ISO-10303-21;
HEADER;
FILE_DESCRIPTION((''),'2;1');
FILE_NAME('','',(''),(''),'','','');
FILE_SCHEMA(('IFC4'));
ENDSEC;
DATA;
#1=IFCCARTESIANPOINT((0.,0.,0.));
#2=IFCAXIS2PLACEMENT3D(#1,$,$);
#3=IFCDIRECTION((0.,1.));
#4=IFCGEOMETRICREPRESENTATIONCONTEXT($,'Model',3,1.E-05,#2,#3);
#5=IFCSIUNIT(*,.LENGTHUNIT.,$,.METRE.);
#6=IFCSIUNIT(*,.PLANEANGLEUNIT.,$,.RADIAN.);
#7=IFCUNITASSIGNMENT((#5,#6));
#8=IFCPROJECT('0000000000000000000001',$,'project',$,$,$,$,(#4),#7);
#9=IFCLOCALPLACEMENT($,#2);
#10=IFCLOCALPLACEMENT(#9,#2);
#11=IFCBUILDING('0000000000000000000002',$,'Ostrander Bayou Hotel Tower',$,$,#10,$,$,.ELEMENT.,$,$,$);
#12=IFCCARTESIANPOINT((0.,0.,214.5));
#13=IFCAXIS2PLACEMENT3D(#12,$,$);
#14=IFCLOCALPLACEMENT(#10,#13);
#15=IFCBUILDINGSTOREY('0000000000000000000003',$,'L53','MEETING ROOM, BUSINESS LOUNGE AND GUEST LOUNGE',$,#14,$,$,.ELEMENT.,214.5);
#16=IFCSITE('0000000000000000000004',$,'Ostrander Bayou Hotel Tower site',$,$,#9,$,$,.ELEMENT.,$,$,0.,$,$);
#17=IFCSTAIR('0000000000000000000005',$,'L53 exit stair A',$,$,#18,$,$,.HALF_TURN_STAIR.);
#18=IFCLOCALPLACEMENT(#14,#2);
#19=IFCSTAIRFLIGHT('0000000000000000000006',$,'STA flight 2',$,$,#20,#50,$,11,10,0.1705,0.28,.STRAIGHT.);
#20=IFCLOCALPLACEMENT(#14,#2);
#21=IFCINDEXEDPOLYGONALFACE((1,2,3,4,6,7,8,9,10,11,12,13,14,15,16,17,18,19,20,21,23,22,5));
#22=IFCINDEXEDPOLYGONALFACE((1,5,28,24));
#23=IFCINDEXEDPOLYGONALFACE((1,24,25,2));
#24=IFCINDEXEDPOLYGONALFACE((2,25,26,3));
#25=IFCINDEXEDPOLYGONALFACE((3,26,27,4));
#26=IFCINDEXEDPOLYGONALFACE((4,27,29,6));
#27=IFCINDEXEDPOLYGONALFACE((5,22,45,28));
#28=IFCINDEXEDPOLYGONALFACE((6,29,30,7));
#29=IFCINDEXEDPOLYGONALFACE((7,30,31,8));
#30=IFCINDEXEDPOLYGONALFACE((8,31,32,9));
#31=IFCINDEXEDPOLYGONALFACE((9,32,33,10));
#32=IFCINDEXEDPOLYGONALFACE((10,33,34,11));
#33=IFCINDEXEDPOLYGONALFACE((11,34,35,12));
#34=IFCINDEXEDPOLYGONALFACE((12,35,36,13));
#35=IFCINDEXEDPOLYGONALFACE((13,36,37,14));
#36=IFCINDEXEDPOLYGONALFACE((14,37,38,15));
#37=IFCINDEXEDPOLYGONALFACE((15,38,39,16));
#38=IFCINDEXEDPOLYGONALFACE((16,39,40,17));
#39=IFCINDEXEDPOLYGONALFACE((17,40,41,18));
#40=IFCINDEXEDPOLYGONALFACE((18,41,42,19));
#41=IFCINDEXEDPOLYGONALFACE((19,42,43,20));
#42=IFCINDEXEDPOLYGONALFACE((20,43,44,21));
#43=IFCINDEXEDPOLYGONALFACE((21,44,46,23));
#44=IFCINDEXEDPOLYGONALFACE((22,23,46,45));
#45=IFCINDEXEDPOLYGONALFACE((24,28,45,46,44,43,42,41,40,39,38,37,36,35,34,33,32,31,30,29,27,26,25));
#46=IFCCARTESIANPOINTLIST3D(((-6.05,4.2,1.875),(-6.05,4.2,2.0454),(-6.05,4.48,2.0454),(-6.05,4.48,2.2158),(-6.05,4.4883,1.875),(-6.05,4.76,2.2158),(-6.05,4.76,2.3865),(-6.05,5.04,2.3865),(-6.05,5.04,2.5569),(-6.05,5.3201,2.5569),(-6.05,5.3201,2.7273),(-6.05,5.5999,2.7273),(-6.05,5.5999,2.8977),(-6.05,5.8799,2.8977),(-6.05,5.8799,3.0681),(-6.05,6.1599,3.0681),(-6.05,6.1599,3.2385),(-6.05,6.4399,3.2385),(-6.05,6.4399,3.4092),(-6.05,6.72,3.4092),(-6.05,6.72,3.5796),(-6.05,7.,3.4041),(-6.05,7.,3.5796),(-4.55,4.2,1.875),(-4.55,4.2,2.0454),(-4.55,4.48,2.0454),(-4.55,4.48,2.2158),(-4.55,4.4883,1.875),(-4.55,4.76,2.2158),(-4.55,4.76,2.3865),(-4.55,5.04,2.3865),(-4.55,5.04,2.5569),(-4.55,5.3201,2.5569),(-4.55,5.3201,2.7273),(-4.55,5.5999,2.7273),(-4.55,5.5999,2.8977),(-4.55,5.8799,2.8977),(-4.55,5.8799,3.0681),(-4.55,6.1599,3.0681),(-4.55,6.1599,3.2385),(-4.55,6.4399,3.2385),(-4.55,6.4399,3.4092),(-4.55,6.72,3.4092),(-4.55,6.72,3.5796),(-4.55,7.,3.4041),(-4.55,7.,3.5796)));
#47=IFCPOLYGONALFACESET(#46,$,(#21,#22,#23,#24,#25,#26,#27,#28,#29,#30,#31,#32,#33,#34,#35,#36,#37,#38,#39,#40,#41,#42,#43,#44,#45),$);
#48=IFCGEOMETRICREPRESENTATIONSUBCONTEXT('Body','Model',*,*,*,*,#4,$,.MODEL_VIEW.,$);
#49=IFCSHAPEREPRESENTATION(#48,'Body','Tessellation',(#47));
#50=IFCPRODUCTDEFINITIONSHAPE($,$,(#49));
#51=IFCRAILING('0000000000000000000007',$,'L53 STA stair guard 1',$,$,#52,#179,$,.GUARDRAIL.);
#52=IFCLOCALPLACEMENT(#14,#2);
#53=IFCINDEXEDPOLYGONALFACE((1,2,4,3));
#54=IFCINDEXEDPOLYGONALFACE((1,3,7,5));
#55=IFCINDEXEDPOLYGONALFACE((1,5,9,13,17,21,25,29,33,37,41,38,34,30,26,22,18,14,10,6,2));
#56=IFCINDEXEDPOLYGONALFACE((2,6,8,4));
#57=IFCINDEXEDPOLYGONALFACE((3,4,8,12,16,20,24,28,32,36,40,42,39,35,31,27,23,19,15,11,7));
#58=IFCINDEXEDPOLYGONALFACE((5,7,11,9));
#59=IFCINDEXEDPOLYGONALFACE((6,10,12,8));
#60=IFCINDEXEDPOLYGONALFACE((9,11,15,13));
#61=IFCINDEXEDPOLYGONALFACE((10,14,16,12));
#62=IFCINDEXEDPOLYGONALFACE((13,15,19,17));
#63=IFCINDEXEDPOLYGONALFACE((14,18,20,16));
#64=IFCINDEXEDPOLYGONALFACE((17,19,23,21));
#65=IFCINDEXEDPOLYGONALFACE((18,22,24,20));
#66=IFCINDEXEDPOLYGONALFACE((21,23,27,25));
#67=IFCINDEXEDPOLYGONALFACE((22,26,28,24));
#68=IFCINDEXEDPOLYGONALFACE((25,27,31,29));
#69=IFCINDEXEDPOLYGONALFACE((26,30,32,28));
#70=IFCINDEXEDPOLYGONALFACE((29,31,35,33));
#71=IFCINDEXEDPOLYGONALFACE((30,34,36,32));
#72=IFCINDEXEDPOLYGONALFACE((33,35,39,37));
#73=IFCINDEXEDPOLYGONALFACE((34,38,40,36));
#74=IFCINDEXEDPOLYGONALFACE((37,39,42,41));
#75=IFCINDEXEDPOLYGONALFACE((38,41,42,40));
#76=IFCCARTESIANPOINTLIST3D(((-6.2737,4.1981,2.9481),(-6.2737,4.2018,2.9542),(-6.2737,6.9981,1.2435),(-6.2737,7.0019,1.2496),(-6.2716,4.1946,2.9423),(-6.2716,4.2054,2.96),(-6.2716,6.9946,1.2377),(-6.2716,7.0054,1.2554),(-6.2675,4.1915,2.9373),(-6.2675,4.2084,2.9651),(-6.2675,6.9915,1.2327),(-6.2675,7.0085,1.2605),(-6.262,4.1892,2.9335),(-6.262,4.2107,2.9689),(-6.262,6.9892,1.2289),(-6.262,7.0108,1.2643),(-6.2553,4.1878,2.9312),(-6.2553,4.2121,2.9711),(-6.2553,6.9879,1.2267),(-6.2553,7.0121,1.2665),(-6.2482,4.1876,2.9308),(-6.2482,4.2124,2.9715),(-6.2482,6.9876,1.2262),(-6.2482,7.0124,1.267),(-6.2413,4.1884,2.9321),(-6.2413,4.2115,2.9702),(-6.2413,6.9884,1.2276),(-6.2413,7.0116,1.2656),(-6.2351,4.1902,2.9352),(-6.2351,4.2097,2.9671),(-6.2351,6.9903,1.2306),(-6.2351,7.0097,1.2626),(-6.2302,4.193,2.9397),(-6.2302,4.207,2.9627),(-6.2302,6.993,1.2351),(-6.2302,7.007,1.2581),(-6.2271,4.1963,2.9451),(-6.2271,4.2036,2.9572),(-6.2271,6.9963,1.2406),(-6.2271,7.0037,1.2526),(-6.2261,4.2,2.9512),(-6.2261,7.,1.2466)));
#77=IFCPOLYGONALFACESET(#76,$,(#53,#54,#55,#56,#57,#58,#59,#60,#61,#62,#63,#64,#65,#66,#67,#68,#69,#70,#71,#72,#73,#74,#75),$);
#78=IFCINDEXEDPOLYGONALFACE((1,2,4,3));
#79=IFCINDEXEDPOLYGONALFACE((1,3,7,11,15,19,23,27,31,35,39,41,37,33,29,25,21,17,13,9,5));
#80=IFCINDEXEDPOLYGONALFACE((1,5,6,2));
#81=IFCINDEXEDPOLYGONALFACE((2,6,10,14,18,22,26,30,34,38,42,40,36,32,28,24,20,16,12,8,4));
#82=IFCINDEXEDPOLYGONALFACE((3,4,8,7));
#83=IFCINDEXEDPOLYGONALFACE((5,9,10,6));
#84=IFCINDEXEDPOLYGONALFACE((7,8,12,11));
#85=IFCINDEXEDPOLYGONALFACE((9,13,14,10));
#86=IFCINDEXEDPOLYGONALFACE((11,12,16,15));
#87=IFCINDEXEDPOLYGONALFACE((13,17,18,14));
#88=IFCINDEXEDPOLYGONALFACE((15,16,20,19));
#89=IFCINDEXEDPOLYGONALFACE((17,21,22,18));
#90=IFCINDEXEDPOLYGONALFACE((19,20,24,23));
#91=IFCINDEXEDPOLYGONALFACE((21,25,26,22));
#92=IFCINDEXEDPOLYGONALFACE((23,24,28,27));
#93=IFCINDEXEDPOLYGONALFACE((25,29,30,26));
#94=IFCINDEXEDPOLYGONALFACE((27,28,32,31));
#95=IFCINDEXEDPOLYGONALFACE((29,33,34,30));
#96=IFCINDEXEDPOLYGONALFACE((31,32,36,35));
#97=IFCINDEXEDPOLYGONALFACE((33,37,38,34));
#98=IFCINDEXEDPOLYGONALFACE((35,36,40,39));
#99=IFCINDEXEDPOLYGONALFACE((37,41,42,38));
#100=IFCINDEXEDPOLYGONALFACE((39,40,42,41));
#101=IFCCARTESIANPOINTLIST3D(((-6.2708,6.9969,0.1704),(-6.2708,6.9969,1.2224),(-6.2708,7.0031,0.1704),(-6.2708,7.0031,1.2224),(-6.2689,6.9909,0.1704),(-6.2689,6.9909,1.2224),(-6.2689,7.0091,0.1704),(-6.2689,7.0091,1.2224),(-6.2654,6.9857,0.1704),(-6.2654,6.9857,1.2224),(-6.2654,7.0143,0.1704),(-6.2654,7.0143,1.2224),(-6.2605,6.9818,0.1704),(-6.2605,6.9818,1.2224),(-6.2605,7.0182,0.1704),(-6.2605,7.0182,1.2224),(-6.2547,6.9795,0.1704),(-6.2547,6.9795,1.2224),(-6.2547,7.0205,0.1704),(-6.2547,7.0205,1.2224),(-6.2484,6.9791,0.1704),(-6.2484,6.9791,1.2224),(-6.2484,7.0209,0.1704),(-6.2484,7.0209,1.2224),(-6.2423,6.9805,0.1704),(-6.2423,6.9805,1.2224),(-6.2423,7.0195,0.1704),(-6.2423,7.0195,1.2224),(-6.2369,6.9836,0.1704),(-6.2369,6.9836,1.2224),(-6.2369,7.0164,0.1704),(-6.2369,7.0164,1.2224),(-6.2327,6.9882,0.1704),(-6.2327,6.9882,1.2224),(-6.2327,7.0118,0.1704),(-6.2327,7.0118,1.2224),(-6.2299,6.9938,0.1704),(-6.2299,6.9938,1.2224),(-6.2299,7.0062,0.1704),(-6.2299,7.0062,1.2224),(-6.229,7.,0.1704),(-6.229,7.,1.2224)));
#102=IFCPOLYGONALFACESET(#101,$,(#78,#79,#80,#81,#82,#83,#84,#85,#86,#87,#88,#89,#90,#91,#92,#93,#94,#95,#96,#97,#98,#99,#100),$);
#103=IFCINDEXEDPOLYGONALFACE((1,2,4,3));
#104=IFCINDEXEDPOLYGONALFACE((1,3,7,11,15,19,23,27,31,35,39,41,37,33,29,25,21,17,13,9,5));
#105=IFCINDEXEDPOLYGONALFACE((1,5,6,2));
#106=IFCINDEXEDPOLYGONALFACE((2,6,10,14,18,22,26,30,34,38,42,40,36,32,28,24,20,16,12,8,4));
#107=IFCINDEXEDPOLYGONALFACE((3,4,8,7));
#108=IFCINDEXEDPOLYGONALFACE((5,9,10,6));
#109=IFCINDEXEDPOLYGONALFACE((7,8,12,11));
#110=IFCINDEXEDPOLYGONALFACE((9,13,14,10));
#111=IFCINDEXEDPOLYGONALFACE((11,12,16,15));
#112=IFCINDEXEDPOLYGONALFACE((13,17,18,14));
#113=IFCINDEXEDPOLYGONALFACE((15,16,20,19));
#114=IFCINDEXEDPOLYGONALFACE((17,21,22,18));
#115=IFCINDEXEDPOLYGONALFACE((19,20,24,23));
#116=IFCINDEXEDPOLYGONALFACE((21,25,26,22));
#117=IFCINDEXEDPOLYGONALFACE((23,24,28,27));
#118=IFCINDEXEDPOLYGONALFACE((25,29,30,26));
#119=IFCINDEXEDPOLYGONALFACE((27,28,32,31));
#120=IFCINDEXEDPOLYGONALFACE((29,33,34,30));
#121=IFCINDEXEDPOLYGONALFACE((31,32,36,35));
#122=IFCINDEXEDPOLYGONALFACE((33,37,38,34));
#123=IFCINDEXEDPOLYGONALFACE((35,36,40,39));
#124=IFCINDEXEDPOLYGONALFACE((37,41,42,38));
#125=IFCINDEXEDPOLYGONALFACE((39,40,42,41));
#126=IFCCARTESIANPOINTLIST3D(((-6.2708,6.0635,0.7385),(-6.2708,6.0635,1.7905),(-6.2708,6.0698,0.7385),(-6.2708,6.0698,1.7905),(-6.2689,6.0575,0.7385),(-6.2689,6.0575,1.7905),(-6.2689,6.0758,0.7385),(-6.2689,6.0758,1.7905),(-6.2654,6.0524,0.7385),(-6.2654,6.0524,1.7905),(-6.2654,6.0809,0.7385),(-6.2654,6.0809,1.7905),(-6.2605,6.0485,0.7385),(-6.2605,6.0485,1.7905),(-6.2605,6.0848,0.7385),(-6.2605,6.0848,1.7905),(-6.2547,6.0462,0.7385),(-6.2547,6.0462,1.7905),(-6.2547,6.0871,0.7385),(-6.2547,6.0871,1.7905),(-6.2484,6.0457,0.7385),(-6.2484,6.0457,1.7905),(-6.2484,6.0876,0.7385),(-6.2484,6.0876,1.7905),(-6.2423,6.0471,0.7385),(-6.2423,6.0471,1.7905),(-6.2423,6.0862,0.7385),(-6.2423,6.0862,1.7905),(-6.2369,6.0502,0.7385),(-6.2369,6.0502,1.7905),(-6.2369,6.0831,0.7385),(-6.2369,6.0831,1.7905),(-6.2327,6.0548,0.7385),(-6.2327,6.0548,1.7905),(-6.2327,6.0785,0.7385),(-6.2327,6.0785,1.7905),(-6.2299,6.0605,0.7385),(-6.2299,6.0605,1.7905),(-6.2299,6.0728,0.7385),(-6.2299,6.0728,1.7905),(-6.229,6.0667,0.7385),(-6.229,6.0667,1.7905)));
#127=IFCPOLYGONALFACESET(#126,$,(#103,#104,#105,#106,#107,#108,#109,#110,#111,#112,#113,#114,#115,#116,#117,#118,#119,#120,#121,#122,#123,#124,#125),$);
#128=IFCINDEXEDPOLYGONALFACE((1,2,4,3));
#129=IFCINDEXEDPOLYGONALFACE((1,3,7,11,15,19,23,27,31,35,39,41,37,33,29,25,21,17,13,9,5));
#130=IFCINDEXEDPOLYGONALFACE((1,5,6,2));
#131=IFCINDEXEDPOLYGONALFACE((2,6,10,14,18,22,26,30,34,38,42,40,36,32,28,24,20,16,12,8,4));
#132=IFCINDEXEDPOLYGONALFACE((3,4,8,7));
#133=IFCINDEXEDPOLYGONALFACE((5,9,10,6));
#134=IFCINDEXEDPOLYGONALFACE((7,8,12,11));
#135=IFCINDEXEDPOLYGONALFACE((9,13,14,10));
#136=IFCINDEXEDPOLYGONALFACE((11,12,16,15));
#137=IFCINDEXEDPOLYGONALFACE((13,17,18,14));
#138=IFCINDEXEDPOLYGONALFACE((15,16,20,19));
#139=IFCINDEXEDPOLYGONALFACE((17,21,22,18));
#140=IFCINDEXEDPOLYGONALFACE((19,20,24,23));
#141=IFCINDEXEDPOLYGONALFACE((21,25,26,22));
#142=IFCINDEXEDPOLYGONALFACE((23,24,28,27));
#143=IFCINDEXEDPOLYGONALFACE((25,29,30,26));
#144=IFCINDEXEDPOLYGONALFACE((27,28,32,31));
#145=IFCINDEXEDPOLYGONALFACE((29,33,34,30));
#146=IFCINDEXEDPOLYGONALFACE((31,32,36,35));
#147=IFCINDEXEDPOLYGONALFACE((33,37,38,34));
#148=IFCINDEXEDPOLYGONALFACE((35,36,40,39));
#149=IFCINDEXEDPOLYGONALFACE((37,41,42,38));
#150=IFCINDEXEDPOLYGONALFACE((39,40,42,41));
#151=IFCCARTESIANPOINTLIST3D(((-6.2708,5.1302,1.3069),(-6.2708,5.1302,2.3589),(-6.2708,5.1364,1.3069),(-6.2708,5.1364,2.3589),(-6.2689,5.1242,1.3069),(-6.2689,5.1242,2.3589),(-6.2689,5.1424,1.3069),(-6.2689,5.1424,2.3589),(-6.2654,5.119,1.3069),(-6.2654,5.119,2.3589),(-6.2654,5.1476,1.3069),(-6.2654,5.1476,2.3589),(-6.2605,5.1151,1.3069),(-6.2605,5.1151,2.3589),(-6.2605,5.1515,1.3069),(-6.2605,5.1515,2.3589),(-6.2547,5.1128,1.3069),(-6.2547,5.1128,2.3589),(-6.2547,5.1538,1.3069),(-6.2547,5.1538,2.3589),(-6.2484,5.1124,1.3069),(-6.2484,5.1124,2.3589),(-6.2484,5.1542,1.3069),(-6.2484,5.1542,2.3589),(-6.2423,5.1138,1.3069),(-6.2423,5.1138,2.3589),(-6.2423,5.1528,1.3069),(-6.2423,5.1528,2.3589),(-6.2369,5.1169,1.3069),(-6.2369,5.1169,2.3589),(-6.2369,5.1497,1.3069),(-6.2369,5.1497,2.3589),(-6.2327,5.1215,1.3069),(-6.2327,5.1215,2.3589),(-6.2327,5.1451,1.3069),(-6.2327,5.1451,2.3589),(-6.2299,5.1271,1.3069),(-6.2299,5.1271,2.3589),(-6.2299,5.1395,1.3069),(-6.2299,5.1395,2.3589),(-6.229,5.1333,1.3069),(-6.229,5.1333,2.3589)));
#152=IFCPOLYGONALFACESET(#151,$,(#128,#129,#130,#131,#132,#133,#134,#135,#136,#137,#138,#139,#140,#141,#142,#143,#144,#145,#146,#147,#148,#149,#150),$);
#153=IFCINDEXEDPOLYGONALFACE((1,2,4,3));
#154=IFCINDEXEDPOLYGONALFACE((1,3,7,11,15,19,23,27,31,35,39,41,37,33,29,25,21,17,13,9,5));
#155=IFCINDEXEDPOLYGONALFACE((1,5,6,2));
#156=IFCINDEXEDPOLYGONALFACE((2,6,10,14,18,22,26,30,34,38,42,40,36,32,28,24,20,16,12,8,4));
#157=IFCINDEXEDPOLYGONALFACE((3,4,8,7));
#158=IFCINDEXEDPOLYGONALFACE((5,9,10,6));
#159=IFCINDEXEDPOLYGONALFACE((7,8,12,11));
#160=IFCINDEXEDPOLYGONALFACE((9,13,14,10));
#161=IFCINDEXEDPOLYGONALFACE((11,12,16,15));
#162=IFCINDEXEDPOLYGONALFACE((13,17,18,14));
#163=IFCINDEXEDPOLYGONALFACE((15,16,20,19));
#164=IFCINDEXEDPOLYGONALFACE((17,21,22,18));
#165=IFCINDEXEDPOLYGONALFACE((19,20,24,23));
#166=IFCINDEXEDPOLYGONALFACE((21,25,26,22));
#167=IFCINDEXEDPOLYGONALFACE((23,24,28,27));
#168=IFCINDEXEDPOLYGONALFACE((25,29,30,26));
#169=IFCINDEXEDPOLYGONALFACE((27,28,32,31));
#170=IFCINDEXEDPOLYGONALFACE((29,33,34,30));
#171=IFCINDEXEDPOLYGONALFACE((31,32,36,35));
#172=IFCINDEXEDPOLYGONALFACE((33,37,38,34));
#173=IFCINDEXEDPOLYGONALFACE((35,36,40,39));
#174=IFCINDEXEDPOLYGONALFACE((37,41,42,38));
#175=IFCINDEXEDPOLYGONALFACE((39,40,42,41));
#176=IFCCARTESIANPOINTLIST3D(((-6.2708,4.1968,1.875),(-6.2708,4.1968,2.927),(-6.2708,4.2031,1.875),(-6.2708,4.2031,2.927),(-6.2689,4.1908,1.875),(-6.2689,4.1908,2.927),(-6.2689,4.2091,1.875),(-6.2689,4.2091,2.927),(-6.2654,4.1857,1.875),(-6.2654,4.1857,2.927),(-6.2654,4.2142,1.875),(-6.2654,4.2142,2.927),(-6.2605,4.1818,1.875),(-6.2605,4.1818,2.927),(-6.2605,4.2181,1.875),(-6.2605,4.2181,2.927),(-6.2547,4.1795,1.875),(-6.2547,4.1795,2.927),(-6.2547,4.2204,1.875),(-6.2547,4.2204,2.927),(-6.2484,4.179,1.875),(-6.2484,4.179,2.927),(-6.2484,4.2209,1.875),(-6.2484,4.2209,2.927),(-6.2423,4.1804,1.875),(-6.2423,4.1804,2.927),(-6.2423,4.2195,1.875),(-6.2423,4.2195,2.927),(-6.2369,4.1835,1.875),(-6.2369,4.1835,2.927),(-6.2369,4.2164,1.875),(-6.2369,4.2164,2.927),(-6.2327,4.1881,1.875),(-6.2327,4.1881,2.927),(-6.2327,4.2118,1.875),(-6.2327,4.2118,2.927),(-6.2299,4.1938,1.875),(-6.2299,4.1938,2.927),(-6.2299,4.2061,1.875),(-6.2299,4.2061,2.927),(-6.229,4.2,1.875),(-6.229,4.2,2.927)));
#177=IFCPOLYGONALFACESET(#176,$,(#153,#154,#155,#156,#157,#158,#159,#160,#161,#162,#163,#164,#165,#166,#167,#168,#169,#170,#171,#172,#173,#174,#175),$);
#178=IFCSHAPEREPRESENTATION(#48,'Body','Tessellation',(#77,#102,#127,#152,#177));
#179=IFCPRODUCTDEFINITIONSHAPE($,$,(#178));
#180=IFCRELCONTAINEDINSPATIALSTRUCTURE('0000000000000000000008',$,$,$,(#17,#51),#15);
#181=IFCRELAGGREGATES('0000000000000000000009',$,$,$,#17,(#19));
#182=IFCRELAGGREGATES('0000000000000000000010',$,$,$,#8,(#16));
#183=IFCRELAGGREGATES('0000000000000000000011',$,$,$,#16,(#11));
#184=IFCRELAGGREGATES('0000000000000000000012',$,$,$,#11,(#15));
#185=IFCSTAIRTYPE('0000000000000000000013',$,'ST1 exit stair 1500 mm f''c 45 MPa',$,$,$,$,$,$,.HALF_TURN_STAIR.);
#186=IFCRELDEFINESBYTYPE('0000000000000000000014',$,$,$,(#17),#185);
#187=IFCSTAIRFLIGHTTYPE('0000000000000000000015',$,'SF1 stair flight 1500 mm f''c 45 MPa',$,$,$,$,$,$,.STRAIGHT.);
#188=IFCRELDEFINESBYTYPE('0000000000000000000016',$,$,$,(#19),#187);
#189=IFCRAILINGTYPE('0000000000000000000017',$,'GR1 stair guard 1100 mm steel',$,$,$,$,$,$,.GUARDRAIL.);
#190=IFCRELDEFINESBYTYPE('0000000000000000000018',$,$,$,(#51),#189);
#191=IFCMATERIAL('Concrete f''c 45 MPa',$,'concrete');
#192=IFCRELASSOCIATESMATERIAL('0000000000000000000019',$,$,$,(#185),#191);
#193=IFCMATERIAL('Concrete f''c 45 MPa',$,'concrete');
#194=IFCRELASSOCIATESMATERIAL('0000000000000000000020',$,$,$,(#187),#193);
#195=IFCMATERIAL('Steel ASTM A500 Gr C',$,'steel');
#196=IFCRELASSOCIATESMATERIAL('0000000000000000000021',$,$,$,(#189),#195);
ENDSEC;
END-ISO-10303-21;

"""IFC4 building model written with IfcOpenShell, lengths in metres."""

from ifc_helpers import new_model, si_unit, direction, frame, origin, origin_2d, place, context, subcontext, project, spatial, polyline, circle, outline, extrude, material, type_object, element, aggregate, save


model = new_model("IFC4")

# Units and contexts
model_context = context("Model", 3, precision=1e-05, world=origin(), true_north=direction((0.0, 1.0)))
body_context = subcontext(model_context, "Body", "Model", "MODEL_VIEW")
ifc_project = project(units=[si_unit("LENGTHUNIT", "METRE"), si_unit("PLANEANGLEUNIT", "RADIAN")], contexts=[model_context])

# Site, building, storey
site_placement = place(None, origin())
site = spatial("IfcSite", under=ifc_project, at=site_placement, Name="Ostrander Bayou Hotel Tower site", CompositionType="ELEMENT", RefElevation=0.0)
building_placement = place(site_placement, origin())
building = spatial("IfcBuilding", under=site, at=building_placement, Name="Ostrander Bayou Hotel Tower", CompositionType="ELEMENT")
storey_placement = place(building_placement, frame((0.0, 0.0, 214.5)))
storey = spatial("IfcBuildingStorey", under=building, at=storey_placement, Name="L53", Description="MEETING ROOM, BUSINESS LOUNGE AND GUEST LOUNGE", CompositionType="ELEMENT", Elevation=214.5)

# Stair, stair flight
ifc_material_1 = material(Name="Concrete f'c 45 MPa", Category="concrete")
stair_type = type_object("IfcStairType", Name="ST1 exit stair 1500 mm f'c 45 MPa", PredefinedType="HALF_TURN_STAIR", material=ifc_material_1)
stair_placement = place(storey_placement, origin())
stair = element("IfcStair", 1, at=stair_placement, inside=storey, type_object=stair_type, Name="L53 exit stair A", PredefinedType="HALF_TURN_STAIR")
ifc_material_2 = material(Name="Concrete f'c 45 MPa", Category="concrete")
stair_flight_type = type_object("IfcStairFlightType", Name="SF1 stair flight 1500 mm f'c 45 MPa", PredefinedType="STRAIGHT", material=ifc_material_2)
stair_flight_1_placement = place(storey_placement, frame((-5.3, 4.2, 1.875), z_axis=(0.0, 0.0, 1.0), x_axis=(0.0, 1.0, 0.0)))
stair_flight_1 = element("IfcStairFlight", 2, at=stair_flight_1_placement, type_object=stair_flight_type, Name="STA flight 2", NumberOfRisers=11, NumberOfTreads=10, PredefinedType="STRAIGHT", RiserHeight=0.1705, TreadLength=0.28, context=body_context, shape_type="SweptSolid", body=[
    extrude(outline(polyline([(0.0, 0.0), (0.0, 0.1704), (0.28, 0.1704), (0.28, 0.3408), (0.5601, 0.3408), (0.5601, 0.5115), (0.8401, 0.5115), (0.8401, 0.6819), (1.1201, 0.6819), (1.1201, 0.8523), (1.3999, 0.8523), (1.3999, 1.0227), (1.6799, 1.0227), (1.6799, 1.1931), (1.96, 1.1931), (1.96, 1.3635), (2.24, 1.3635), (2.24, 1.5342), (2.52, 1.5342), (2.52, 1.7046), (2.8, 1.7046), (2.8, 1.875), (2.8, 1.5291), (0.2883, 0.0), (0.0, 0.0)])), frame((0.0, 0.75, 0.0), z_axis=(0.0, -1.0, 0.0), x_axis=(1.0, 0.0, 0.0)), (0.0, 0.0, 1.0), 1.5),
])
aggregate(stair, [stair_flight_1])

# Railing
ifc_material_3 = material(Name="Steel ASTM A500 Gr C", Category="steel")
railing_type_1 = type_object("IfcRailingType", Name="GR1 stair guard 1100 mm steel", PredefinedType="GUARDRAIL", material=ifc_material_3)
railing_1_placement = place(storey_placement, frame((-6.25, 7.0, 0.1704)))
element("IfcRailing", 3, at=railing_1_placement, inside=storey, type_object=railing_type_1, Name="L53 STA stair guard 1", PredefinedType="GUARDRAIL", context=body_context, shape_type="SweptSolid", body=[
    extrude(circle(Radius=0.0239, at=origin_2d()), frame((0.0, 0.0, 1.0762), z_axis=(0.0, -0.85417, 0.519994), x_axis=(1.0, 0.0, 0.0)), (0.0, 0.0, 1.0), 3.2781),
    extrude(circle(Radius=0.021, at=origin_2d()), origin(), (0.0, 0.0, 1.0), 1.052),
    extrude(circle(Radius=0.021, at=origin_2d()), frame((0.0, -0.9333, 0.5681)), (0.0, 0.0, 1.0), 1.052),
    extrude(circle(Radius=0.021, at=origin_2d()), frame((0.0, -1.8667, 1.1365)), (0.0, 0.0, 1.0), 1.052),
    extrude(circle(Radius=0.021, at=origin_2d()), frame((0.0, -2.8, 1.7046)), (0.0, 0.0, 1.0), 1.052),
])

save(model, "model.ifc")
